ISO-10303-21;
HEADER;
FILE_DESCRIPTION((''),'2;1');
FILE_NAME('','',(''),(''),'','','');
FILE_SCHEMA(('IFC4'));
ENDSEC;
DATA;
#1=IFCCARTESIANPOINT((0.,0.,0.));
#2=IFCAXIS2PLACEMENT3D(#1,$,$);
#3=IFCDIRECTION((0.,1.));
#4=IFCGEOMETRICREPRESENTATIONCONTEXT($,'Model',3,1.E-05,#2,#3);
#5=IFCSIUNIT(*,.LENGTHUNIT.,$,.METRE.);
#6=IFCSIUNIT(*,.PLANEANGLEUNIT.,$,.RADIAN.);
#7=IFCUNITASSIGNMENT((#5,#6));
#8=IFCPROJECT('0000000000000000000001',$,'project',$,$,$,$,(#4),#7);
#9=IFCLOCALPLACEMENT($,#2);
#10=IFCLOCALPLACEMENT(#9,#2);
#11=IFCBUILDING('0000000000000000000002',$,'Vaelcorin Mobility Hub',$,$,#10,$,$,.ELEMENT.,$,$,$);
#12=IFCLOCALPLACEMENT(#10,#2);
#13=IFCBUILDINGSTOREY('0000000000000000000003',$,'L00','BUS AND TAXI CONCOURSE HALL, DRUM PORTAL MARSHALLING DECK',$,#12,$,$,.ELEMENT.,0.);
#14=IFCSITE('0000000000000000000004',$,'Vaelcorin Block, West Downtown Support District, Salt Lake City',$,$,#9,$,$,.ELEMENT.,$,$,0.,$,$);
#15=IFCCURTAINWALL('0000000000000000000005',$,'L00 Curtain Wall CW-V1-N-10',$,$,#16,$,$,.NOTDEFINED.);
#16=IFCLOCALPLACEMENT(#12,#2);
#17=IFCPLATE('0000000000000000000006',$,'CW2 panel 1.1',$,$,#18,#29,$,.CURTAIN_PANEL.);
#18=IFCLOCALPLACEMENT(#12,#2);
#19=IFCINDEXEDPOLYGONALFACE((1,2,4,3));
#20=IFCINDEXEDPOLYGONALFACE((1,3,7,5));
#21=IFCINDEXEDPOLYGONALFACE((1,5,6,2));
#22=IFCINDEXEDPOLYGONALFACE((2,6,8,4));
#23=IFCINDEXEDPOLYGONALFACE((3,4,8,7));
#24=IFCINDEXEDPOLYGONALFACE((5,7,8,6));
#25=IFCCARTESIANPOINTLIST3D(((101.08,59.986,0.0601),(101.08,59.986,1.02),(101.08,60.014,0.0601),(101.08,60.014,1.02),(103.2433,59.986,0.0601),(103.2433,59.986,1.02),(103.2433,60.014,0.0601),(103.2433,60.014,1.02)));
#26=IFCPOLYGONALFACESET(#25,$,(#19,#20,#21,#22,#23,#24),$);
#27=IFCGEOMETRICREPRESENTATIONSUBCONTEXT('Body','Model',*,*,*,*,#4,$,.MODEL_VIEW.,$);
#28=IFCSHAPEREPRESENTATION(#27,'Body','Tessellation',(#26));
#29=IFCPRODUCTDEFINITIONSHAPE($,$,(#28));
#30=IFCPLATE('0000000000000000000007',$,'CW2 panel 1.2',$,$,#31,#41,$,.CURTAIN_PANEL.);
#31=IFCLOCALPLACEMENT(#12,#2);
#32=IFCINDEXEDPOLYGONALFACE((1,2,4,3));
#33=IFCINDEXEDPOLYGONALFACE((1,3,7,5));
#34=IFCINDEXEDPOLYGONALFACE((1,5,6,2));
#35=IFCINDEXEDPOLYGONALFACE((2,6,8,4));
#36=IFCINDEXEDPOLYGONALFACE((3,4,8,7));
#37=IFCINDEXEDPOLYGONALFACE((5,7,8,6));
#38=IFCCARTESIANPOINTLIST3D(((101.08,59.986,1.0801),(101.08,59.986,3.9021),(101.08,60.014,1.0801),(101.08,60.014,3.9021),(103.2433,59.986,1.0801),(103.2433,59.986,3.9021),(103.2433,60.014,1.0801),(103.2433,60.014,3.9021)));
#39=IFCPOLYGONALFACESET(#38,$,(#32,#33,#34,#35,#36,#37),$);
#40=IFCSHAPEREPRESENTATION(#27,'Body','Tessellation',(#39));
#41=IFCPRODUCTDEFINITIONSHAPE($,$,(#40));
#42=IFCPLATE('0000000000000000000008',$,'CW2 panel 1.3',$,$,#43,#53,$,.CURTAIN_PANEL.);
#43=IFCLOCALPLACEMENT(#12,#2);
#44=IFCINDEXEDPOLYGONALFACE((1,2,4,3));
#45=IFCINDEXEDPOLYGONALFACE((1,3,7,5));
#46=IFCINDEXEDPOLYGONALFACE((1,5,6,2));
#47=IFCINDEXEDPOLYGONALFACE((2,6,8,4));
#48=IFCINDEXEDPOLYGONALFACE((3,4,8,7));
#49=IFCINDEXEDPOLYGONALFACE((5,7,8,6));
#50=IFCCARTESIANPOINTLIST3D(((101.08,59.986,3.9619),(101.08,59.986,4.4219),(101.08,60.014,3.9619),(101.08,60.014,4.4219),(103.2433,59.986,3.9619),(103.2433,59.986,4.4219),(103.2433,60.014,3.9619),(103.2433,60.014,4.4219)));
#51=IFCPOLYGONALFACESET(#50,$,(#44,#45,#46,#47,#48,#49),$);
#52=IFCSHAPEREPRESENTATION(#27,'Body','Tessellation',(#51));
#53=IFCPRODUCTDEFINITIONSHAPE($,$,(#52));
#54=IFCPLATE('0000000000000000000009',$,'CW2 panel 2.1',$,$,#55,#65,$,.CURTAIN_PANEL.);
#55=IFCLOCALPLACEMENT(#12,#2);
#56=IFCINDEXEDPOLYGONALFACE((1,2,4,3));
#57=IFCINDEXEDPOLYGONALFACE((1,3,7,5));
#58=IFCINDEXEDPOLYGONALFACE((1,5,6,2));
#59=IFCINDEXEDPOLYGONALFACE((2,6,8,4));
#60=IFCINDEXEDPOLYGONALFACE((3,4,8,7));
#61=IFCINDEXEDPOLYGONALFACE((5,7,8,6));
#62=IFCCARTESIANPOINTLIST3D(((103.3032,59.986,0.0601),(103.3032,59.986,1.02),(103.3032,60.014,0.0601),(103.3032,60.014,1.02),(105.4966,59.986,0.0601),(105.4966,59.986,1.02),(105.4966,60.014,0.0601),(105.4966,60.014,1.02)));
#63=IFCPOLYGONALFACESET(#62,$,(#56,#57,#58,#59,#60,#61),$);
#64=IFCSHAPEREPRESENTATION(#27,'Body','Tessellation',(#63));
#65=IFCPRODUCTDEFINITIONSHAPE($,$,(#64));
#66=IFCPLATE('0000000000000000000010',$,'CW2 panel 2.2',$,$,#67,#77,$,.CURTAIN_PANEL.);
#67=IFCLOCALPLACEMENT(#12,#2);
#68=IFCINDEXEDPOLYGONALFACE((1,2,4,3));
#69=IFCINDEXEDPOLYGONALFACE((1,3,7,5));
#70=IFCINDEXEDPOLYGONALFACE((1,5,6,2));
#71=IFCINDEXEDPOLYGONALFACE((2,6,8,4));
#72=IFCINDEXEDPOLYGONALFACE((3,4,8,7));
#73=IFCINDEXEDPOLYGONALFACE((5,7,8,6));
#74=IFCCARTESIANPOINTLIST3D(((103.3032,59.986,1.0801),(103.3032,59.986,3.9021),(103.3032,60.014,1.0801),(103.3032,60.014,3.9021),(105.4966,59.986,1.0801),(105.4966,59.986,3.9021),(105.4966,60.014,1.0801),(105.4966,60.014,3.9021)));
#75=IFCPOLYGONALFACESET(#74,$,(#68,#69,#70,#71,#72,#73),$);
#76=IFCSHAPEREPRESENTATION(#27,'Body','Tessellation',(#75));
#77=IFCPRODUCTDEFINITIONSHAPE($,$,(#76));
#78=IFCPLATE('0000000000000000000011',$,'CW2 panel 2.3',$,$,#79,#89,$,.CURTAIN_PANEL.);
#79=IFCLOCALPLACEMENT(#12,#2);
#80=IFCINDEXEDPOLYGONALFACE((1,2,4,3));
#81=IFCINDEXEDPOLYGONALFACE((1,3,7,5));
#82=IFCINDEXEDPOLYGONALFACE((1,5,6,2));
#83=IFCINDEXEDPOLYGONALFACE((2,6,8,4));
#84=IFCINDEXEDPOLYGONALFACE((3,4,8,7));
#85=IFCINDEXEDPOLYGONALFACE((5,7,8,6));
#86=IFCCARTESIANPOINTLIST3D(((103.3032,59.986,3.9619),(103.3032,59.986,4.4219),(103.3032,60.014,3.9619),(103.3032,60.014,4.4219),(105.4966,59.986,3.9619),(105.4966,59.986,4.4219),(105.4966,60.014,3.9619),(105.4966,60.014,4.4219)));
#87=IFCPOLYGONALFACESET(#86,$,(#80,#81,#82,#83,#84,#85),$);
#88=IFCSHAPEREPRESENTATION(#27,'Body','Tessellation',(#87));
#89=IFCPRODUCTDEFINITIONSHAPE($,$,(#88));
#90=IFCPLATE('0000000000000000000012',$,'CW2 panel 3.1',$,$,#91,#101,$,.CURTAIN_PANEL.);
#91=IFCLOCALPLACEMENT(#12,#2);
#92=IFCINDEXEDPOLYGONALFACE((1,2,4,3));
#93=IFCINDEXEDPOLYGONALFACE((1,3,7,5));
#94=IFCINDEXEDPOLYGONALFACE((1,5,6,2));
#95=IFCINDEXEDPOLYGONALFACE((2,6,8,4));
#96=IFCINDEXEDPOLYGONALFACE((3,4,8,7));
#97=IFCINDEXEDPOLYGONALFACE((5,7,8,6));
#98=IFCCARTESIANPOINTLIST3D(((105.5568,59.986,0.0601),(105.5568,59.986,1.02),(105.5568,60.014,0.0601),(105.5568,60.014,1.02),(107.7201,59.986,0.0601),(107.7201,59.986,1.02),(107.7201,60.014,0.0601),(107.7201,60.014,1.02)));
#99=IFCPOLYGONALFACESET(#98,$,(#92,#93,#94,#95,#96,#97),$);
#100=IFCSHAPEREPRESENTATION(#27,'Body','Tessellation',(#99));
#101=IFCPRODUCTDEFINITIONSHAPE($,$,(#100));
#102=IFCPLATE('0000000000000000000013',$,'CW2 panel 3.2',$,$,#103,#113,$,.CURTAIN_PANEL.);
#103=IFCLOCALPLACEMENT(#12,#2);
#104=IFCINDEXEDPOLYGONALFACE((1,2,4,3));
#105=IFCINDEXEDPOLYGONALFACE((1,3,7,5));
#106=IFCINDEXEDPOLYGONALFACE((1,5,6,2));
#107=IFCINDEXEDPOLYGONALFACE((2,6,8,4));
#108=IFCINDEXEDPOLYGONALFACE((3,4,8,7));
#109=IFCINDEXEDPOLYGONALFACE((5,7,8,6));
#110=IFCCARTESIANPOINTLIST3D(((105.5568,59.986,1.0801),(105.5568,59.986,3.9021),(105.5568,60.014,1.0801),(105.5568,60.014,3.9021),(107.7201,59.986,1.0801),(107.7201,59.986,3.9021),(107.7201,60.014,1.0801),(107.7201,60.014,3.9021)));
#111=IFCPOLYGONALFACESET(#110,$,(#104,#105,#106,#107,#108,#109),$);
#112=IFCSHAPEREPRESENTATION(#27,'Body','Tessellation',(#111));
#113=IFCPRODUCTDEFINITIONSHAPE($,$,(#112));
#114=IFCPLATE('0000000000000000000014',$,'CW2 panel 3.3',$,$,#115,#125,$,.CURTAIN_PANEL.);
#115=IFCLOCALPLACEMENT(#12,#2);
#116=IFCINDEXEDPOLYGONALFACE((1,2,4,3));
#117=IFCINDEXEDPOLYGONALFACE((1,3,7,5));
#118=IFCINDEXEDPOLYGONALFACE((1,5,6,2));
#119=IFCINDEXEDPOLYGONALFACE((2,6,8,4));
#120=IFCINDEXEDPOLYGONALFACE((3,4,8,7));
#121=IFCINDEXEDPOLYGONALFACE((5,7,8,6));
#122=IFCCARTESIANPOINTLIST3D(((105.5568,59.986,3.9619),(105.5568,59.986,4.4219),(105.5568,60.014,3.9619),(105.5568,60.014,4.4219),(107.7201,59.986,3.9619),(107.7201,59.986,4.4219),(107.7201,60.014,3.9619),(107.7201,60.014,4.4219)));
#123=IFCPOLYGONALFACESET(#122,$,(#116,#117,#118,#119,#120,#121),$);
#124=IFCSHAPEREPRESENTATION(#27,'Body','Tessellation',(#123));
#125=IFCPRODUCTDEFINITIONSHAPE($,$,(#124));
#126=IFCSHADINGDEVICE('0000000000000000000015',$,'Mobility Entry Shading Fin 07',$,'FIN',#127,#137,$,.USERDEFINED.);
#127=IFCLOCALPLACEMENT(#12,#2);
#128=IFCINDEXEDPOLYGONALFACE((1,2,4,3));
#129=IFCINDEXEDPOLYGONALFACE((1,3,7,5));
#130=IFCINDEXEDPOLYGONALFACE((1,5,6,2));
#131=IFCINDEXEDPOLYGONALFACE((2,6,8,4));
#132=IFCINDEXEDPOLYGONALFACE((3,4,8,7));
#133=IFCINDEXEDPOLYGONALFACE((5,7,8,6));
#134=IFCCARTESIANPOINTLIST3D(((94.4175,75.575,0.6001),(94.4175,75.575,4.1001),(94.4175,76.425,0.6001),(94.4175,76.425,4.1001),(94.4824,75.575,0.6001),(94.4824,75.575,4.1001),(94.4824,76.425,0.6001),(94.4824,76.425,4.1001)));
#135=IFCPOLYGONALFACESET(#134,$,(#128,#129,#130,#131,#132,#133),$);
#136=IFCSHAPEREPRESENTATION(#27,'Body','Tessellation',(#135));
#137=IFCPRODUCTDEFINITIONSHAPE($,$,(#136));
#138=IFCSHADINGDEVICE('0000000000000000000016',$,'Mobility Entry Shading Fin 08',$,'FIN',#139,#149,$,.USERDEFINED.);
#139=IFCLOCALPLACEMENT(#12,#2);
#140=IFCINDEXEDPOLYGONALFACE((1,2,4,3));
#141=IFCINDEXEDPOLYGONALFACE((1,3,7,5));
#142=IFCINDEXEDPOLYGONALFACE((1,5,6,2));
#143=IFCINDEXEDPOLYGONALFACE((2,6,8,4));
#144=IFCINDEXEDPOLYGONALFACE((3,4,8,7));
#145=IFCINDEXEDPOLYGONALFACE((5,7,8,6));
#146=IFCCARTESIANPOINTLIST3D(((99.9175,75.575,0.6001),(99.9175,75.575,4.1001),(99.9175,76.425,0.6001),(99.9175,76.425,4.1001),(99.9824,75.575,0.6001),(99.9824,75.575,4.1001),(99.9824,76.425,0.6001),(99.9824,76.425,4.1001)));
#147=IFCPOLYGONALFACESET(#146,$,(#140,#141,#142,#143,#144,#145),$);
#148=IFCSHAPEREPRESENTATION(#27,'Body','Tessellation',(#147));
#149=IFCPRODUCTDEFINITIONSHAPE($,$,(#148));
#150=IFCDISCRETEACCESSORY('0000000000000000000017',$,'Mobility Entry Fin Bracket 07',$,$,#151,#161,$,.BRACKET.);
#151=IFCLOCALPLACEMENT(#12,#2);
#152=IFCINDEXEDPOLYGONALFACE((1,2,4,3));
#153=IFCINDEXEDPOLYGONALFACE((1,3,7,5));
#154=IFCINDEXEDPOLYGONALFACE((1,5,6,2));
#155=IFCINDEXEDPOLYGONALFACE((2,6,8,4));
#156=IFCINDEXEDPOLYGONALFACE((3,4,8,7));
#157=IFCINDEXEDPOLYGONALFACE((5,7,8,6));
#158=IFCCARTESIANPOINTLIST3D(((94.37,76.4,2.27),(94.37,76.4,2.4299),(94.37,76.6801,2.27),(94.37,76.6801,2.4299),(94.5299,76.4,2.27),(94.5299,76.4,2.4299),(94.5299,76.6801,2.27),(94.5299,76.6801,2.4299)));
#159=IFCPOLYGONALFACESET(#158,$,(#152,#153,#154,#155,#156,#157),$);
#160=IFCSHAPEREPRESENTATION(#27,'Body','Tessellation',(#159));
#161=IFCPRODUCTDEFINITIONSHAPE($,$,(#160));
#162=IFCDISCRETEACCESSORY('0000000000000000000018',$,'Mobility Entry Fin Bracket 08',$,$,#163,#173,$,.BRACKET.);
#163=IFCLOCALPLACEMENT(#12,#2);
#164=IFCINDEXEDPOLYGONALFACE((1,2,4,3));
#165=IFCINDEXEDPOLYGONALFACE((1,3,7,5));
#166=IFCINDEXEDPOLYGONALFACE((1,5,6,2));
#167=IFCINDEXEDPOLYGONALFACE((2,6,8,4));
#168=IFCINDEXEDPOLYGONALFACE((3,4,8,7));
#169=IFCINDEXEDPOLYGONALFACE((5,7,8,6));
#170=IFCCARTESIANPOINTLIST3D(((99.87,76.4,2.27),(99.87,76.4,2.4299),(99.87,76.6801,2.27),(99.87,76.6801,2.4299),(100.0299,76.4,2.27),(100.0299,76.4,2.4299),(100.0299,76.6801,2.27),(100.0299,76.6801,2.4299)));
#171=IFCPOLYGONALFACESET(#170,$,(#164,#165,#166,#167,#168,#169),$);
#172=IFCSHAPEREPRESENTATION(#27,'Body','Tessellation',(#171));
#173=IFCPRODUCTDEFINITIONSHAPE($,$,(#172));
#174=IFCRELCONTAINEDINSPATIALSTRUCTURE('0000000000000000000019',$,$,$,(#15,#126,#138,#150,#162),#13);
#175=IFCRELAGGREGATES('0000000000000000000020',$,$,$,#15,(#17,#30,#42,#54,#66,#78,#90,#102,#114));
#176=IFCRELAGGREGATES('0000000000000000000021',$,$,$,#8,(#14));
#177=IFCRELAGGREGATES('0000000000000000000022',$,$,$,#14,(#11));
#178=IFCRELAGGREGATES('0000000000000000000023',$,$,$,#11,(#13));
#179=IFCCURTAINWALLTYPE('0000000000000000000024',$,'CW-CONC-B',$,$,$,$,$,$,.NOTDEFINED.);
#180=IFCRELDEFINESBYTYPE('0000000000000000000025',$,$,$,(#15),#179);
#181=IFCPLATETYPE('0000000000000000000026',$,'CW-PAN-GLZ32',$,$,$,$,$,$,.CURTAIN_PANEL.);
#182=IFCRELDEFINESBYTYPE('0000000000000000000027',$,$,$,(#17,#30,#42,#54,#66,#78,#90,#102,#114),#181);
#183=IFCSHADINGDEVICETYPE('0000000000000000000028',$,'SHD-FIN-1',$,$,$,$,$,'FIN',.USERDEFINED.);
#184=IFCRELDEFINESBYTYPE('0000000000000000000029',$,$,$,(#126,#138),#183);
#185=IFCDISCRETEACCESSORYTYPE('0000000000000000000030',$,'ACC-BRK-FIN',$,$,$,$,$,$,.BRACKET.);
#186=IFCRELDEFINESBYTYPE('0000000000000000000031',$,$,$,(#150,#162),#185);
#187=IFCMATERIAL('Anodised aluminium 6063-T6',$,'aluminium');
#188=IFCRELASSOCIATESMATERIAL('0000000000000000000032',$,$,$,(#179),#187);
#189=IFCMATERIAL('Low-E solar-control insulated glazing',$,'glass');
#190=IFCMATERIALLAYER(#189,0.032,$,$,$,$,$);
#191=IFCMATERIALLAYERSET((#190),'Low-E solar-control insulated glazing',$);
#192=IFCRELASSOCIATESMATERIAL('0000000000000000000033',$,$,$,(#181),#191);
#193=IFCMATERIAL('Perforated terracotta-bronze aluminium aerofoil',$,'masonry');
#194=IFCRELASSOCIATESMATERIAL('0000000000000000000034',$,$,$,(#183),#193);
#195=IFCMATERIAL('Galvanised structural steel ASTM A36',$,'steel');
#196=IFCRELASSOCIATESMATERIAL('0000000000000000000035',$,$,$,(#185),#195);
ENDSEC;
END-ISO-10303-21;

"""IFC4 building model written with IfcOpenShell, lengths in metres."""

from ifc_helpers import new_model, si_unit, direction, frame, origin, origin_2d, place, context, subcontext, project, spatial, rectangle, extrude, material, layer, layer_set, type_object, element, aggregate, save


model = new_model("IFC4")

# Units and contexts
model_context = context("Model", 3, precision=1e-05, world=origin(), true_north=direction((0.0, 1.0)))
body_context = subcontext(model_context, "Body", "Model", "MODEL_VIEW")
ifc_project = project(units=[si_unit("LENGTHUNIT", "METRE"), si_unit("PLANEANGLEUNIT", "RADIAN")], contexts=[model_context])

# Site, building, storey
site_placement = place(None, origin())
site = spatial("IfcSite", under=ifc_project, at=site_placement, Name="Vaelcorin Block, West Downtown Support District, Salt Lake City", CompositionType="ELEMENT", RefElevation=0.0)
building_placement = place(site_placement, origin())
building = spatial("IfcBuilding", under=site, at=building_placement, Name="Vaelcorin Mobility Hub", CompositionType="ELEMENT")
storey_placement = place(building_placement, origin())
storey = spatial("IfcBuildingStorey", under=building, at=storey_placement, Name="L00", Description="BUS AND TAXI CONCOURSE HALL, DRUM PORTAL MARSHALLING DECK", CompositionType="ELEMENT", Elevation=0.0)

# Curtain wall, plates
ifc_material_1 = material(Name="Anodised aluminium 6063-T6", Category="aluminium")
curtain_wall_type = type_object("IfcCurtainWallType", Name="CW-CONC-B", PredefinedType="NOTDEFINED", material=ifc_material_1)
curtain_wall_placement = place(storey_placement, origin())
curtain_wall = element("IfcCurtainWall", 1, at=curtain_wall_placement, inside=storey, type_object=curtain_wall_type, Name="L00 Curtain Wall CW-V1-N-10", PredefinedType="NOTDEFINED")
ifc_material_2 = material(Name="Low-E solar-control insulated glazing", Category="glass")
ifc_layer = layer(ifc_material_2, 0.032)
ifc_layer_set = layer_set([ifc_layer], Name="Low-E solar-control insulated glazing")
plate_type = type_object("IfcPlateType", Name="CW-PAN-GLZ32", PredefinedType="CURTAIN_PANEL", material=ifc_layer_set)
plate_1_placement = place(storey_placement, frame((102.1616, 60.0, 0.0601), z_axis=(0.0, 0.0, 1.0), x_axis=(1.0, 0.0, 0.0)))
plate_1 = element("IfcPlate", 2, at=plate_1_placement, type_object=plate_type, Name="CW2 panel 1.1", PredefinedType="CURTAIN_PANEL", context=body_context, shape_type="SweptSolid", body=[
    extrude(rectangle(XDim=2.1633, YDim=0.0281, at=origin_2d()), origin(), (0.0, 0.0, 1.0), 0.96),
])
plate_2_placement = place(storey_placement, frame((102.1616, 60.0, 1.0801), z_axis=(0.0, 0.0, 1.0), x_axis=(1.0, 0.0, 0.0)))
plate_2 = element("IfcPlate", 3, at=plate_2_placement, type_object=plate_type, Name="CW2 panel 1.2", PredefinedType="CURTAIN_PANEL", context=body_context, shape_type="SweptSolid", body=[
    extrude(rectangle(XDim=2.1633, YDim=0.0281, at=origin_2d()), origin(), (0.0, 0.0, 1.0), 2.822),
])
plate_3_placement = place(storey_placement, frame((102.1616, 60.0, 3.9619), z_axis=(0.0, 0.0, 1.0), x_axis=(1.0, 0.0, 0.0)))
plate_3 = element("IfcPlate", 4, at=plate_3_placement, type_object=plate_type, Name="CW2 panel 1.3", PredefinedType="CURTAIN_PANEL", context=body_context, shape_type="SweptSolid", body=[
    extrude(rectangle(XDim=2.1633, YDim=0.0281, at=origin_2d()), origin(), (0.0, 0.0, 1.0), 0.46),
])
plate_4_placement = place(storey_placement, frame((104.3999, 60.0, 0.0601), z_axis=(0.0, 0.0, 1.0), x_axis=(1.0, 0.0, 0.0)))
plate_4 = element("IfcPlate", 5, at=plate_4_placement, type_object=plate_type, Name="CW2 panel 2.1", PredefinedType="CURTAIN_PANEL", context=body_context, shape_type="SweptSolid", body=[
    extrude(rectangle(XDim=2.1934, YDim=0.0281, at=origin_2d()), origin(), (0.0, 0.0, 1.0), 0.96),
])
plate_5_placement = place(storey_placement, frame((104.3999, 60.0, 1.0801), z_axis=(0.0, 0.0, 1.0), x_axis=(1.0, 0.0, 0.0)))
plate_5 = element("IfcPlate", 6, at=plate_5_placement, type_object=plate_type, Name="CW2 panel 2.2", PredefinedType="CURTAIN_PANEL", context=body_context, shape_type="SweptSolid", body=[
    extrude(rectangle(XDim=2.1934, YDim=0.0281, at=origin_2d()), origin(), (0.0, 0.0, 1.0), 2.822),
])
plate_6_placement = place(storey_placement, frame((104.3999, 60.0, 3.9619), z_axis=(0.0, 0.0, 1.0), x_axis=(1.0, 0.0, 0.0)))
plate_6 = element("IfcPlate", 7, at=plate_6_placement, type_object=plate_type, Name="CW2 panel 2.3", PredefinedType="CURTAIN_PANEL", context=body_context, shape_type="SweptSolid", body=[
    extrude(rectangle(XDim=2.1934, YDim=0.0281, at=origin_2d()), origin(), (0.0, 0.0, 1.0), 0.46),
])
plate_7_placement = place(storey_placement, frame((106.6384, 60.0, 0.0601), z_axis=(0.0, 0.0, 1.0), x_axis=(1.0, 0.0, 0.0)))
plate_7 = element("IfcPlate", 8, at=plate_7_placement, type_object=plate_type, Name="CW2 panel 3.1", PredefinedType="CURTAIN_PANEL", context=body_context, shape_type="SweptSolid", body=[
    extrude(rectangle(XDim=2.1633, YDim=0.0281, at=origin_2d()), origin(), (0.0, 0.0, 1.0), 0.96),
])
plate_8_placement = place(storey_placement, frame((106.6384, 60.0, 1.0801), z_axis=(0.0, 0.0, 1.0), x_axis=(1.0, 0.0, 0.0)))
plate_8 = element("IfcPlate", 9, at=plate_8_placement, type_object=plate_type, Name="CW2 panel 3.2", PredefinedType="CURTAIN_PANEL", context=body_context, shape_type="SweptSolid", body=[
    extrude(rectangle(XDim=2.1633, YDim=0.0281, at=origin_2d()), origin(), (0.0, 0.0, 1.0), 2.822),
])
plate_9_placement = place(storey_placement, frame((106.6384, 60.0, 3.9619), z_axis=(0.0, 0.0, 1.0), x_axis=(1.0, 0.0, 0.0)))
plate_9 = element("IfcPlate", 10, at=plate_9_placement, type_object=plate_type, Name="CW2 panel 3.3", PredefinedType="CURTAIN_PANEL", context=body_context, shape_type="SweptSolid", body=[
    extrude(rectangle(XDim=2.1633, YDim=0.0281, at=origin_2d()), origin(), (0.0, 0.0, 1.0), 0.46),
])
aggregate(curtain_wall, [plate_1, plate_2, plate_3, plate_4, plate_5, plate_6, plate_7, plate_8, plate_9])

# Shading devices
ifc_material_3 = material(Name="Perforated terracotta-bronze aluminium aerofoil", Category="masonry")
shading_device_type = type_object("IfcShadingDeviceType", Name="SHD-FIN-1", ElementType="FIN", PredefinedType="USERDEFINED", material=ifc_material_3)
for number, where, z_axis, x_axis, name in (
    (11, (94.45, 76.0, 0.6001), (0.0, 0.0, 1.0), (1.0, 0.0, 0.0), "Mobility Entry Shading Fin 07"),
    (12, (99.95, 76.0, 0.6001), (0.0, 0.0, 1.0), (1.0, 0.0, 0.0), "Mobility Entry Shading Fin 08"),
):
    element("IfcShadingDevice", number, at=place(storey_placement, frame(where, z_axis=z_axis, x_axis=x_axis)), inside=storey, type_object=shading_device_type, Name=name, ObjectType="FIN", PredefinedType="USERDEFINED", context=body_context, shape_type="SweptSolid", body=[
        extrude(rectangle(XDim=0.0649, YDim=0.8501, at=origin_2d()), origin(), (0.0, 0.0, 1.0), 3.5),
    ])

# Discrete accessories
ifc_material_4 = material(Name="Galvanised structural steel ASTM A36", Category="steel")
discrete_accessory_type = type_object("IfcDiscreteAccessoryType", Name="ACC-BRK-FIN", PredefinedType="BRACKET", material=ifc_material_4)
for number, where, z_axis, x_axis, name in (
    (13, (94.45, 76.54, 2.27), (0.0, 0.0, 1.0), (1.0, 0.0, 0.0), "Mobility Entry Fin Bracket 07"),
    (14, (99.95, 76.54, 2.27), (0.0, 0.0, 1.0), (1.0, 0.0, 0.0), "Mobility Entry Fin Bracket 08"),
):
    element("IfcDiscreteAccessory", number, at=place(storey_placement, frame(where, z_axis=z_axis, x_axis=x_axis)), inside=storey, type_object=discrete_accessory_type, Name=name, PredefinedType="BRACKET", context=body_context, shape_type="SweptSolid", body=[
        extrude(rectangle(XDim=0.1599, YDim=0.28, at=origin_2d()), origin(), (0.0, 0.0, 1.0), 0.1599),
    ])

save(model, "model.ifc")
